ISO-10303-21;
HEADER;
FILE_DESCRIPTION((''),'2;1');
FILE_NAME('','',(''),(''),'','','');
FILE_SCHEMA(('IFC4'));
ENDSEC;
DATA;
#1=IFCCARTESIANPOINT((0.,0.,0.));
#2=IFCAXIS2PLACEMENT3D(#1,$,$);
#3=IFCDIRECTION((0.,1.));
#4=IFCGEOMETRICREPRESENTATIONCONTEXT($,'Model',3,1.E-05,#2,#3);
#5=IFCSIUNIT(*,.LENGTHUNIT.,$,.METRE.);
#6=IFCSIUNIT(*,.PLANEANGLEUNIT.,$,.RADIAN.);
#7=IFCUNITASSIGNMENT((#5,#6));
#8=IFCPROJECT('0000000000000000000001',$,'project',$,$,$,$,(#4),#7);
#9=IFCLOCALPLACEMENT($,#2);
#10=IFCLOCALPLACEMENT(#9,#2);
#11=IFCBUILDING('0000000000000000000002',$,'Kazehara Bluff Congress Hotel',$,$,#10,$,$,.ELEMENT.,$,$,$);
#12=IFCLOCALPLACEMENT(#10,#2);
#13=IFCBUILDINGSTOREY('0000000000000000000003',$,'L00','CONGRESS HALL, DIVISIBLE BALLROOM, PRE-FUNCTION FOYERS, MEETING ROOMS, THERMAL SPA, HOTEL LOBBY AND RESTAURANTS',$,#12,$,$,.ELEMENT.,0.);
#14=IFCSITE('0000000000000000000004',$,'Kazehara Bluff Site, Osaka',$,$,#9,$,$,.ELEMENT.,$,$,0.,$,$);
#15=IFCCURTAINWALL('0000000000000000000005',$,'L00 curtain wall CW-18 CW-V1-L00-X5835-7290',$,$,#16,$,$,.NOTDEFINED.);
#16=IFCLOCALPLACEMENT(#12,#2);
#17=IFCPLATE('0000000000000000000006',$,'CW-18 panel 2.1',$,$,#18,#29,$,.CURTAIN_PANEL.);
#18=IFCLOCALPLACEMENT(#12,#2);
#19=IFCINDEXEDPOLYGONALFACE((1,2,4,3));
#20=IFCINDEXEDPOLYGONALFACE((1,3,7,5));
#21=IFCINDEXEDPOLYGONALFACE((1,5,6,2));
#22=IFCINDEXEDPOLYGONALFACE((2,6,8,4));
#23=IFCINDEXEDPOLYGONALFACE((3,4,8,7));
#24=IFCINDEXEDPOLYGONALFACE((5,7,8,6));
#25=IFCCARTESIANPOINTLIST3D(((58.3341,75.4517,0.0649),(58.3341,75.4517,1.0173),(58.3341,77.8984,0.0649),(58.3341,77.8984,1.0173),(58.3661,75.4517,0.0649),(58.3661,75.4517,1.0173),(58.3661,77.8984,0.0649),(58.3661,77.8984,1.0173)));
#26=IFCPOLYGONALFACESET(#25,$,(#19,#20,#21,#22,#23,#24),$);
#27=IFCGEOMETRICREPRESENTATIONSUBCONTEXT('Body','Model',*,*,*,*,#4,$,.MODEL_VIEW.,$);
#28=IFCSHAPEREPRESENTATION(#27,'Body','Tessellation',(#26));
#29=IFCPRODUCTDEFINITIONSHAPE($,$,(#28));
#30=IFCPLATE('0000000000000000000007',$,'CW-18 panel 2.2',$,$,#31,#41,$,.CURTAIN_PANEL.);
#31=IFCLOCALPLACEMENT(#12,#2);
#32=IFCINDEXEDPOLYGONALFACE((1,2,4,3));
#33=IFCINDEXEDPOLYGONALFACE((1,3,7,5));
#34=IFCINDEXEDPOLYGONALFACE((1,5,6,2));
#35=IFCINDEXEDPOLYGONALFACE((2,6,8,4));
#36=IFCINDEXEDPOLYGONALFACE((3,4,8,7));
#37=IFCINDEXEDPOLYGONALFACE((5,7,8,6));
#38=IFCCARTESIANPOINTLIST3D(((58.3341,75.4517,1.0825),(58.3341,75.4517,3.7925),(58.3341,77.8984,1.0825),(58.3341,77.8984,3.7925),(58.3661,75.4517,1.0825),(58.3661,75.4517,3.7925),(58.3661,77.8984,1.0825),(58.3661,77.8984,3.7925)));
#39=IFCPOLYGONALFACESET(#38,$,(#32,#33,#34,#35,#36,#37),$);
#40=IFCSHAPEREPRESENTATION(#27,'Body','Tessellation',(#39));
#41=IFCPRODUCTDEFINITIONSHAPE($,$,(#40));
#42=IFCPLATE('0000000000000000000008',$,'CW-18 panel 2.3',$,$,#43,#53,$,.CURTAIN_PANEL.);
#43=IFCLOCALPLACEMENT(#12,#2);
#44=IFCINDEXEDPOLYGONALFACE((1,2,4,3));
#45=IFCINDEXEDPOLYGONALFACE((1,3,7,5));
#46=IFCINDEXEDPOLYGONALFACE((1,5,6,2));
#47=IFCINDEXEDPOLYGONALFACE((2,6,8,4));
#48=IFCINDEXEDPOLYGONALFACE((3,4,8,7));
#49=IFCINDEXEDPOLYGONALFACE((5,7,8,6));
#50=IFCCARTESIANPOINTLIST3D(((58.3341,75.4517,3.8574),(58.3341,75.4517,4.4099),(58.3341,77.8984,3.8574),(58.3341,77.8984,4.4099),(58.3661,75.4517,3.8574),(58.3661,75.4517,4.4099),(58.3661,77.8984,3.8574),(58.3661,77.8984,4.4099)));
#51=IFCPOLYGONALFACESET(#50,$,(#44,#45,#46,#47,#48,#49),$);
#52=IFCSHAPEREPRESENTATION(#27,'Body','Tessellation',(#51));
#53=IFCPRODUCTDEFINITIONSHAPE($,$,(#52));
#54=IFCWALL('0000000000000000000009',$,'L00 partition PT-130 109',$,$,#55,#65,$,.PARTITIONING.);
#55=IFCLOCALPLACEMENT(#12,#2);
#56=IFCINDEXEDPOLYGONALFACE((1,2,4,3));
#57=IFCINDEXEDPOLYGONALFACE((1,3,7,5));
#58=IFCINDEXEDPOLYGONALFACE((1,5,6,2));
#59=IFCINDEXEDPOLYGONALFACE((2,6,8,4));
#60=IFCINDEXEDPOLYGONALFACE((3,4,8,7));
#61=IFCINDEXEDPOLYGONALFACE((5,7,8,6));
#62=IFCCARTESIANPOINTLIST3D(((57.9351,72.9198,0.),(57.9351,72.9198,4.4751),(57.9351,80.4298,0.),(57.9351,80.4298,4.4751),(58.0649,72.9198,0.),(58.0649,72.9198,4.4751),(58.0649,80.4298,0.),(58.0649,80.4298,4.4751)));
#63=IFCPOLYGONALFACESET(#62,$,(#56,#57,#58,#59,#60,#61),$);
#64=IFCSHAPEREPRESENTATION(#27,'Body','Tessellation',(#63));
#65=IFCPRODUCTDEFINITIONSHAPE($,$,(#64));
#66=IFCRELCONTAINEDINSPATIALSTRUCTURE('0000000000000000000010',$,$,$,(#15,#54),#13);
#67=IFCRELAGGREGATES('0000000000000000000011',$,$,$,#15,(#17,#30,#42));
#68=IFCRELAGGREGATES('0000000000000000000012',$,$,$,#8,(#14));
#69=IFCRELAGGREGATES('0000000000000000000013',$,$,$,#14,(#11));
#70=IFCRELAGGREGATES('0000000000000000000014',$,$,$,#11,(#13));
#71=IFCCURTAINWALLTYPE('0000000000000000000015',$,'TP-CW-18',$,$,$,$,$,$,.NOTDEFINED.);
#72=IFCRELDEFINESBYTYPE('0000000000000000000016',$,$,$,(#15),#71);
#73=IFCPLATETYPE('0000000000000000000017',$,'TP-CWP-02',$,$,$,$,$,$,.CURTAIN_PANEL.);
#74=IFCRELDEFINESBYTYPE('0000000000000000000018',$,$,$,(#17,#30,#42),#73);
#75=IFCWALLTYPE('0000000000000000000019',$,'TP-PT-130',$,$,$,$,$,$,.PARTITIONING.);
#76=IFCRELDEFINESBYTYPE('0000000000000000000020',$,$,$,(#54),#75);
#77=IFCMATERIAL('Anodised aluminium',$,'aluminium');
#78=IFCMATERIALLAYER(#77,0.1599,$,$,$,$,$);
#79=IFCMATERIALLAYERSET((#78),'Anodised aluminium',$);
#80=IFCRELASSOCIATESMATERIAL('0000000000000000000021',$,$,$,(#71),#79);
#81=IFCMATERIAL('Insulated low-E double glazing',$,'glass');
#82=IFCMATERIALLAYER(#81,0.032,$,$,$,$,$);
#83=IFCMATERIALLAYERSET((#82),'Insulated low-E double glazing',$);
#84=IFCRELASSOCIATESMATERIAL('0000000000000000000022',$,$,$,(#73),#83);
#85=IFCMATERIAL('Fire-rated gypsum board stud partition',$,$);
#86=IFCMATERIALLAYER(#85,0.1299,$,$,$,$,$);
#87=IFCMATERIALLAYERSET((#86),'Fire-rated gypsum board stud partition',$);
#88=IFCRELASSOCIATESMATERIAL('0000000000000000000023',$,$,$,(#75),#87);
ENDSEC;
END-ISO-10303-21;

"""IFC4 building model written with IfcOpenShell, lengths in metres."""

from ifc_helpers import new_model, si_unit, direction, frame, frame_2d, origin, origin_2d, place, context, subcontext, project, spatial, rectangle, extrude, material, layer, layer_set, type_object, element, aggregate, save


model = new_model("IFC4")

# Units and contexts
model_context = context("Model", 3, precision=1e-05, world=origin(), true_north=direction((0.0, 1.0)))
body_context = subcontext(model_context, "Body", "Model", "MODEL_VIEW")
ifc_project = project(units=[si_unit("LENGTHUNIT", "METRE"), si_unit("PLANEANGLEUNIT", "RADIAN")], contexts=[model_context])

# Site, building, storey
site_placement = place(None, origin())
site = spatial("IfcSite", under=ifc_project, at=site_placement, Name="Kazehara Bluff Site, Osaka", CompositionType="ELEMENT", RefElevation=0.0)
building_placement = place(site_placement, origin())
building = spatial("IfcBuilding", under=site, at=building_placement, Name="Kazehara Bluff Congress Hotel", CompositionType="ELEMENT")
storey_placement = place(building_placement, origin())
storey = spatial("IfcBuildingStorey", under=building, at=storey_placement, Name="L00", Description="CONGRESS HALL, DIVISIBLE BALLROOM, PRE-FUNCTION FOYERS, MEETING ROOMS, THERMAL SPA, HOTEL LOBBY AND RESTAURANTS", CompositionType="ELEMENT", Elevation=0.0)

# Curtain wall
ifc_material_1 = material(Name="Anodised aluminium", Category="aluminium")
ifc_layer_1 = layer(ifc_material_1, 0.1599)
ifc_layer_set_1 = layer_set([ifc_layer_1], Name="Anodised aluminium")
curtain_wall_type_1 = type_object("IfcCurtainWallType", Name="TP-CW-18", PredefinedType="NOTDEFINED", material=ifc_layer_set_1)
curtain_wall_1_placement = place(storey_placement, origin())
curtain_wall_1 = element("IfcCurtainWall", 1, at=curtain_wall_1_placement, inside=storey, type_object=curtain_wall_type_1, Name="L00 curtain wall CW-18 CW-V1-L00-X5835-7290", PredefinedType="NOTDEFINED")

# Plates
ifc_material_2 = material(Name="Insulated low-E double glazing", Category="glass")
ifc_layer_2 = layer(ifc_material_2, 0.032)
ifc_layer_set_2 = layer_set([ifc_layer_2], Name="Insulated low-E double glazing")
plate_type = type_object("IfcPlateType", Name="TP-CWP-02", PredefinedType="CURTAIN_PANEL", material=ifc_layer_set_2)
plate_1_placement = place(storey_placement, frame((58.3501, 76.675, 0.0649), z_axis=(0.0, 0.0, 1.0), x_axis=(0.0, 1.0, 0.0)))
plate_1 = element("IfcPlate", 2, at=plate_1_placement, type_object=plate_type, Name="CW-18 panel 2.1", PredefinedType="CURTAIN_PANEL", context=body_context, shape_type="SweptSolid", body=[
    extrude(rectangle(XDim=2.4468, YDim=0.032, at=origin_2d()), origin(), (0.0, 0.0, 1.0), 0.9524),
])
plate_2_placement = place(storey_placement, frame((58.3501, 76.675, 1.0825), z_axis=(0.0, 0.0, 1.0), x_axis=(0.0, 1.0, 0.0)))
plate_2 = element("IfcPlate", 3, at=plate_2_placement, type_object=plate_type, Name="CW-18 panel 2.2", PredefinedType="CURTAIN_PANEL", context=body_context, shape_type="SweptSolid", body=[
    extrude(rectangle(XDim=2.4468, YDim=0.032, at=origin_2d()), origin(), (0.0, 0.0, 1.0), 2.71),
])
plate_3_placement = place(storey_placement, frame((58.3501, 76.675, 3.8574), z_axis=(0.0, 0.0, 1.0), x_axis=(0.0, 1.0, 0.0)))
plate_3 = element("IfcPlate", 4, at=plate_3_placement, type_object=plate_type, Name="CW-18 panel 2.3", PredefinedType="CURTAIN_PANEL", context=body_context, shape_type="SweptSolid", body=[
    extrude(rectangle(XDim=2.4468, YDim=0.032, at=origin_2d()), origin(), (0.0, 0.0, 1.0), 0.5525),
])
aggregate(curtain_wall_1, [plate_1, plate_2, plate_3])

# Wall
ifc_material_3 = material(Name="Fire-rated gypsum board stud partition")
ifc_layer_3 = layer(ifc_material_3, 0.1299)
ifc_layer_set_3 = layer_set([ifc_layer_3], Name="Fire-rated gypsum board stud partition")
wall_type = type_object("IfcWallType", Name="TP-PT-130", PredefinedType="PARTITIONING", material=ifc_layer_set_3)
wall_placement = place(storey_placement, frame((58.0, 72.9199, 0.0), z_axis=(0.0, 0.0, 1.0), x_axis=(0.0, 1.0, 0.0)))
element("IfcWall", 5, at=wall_placement, inside=storey, type_object=wall_type, Name="L00 partition PT-130 109", PredefinedType="PARTITIONING", context=body_context, shape_type="SweptSolid", body=[
    extrude(rectangle(XDim=7.51, YDim=0.1299, at=frame_2d((3.7549, 0.0))), origin(), (0.0, 0.0, 1.0), 4.4751),
])

save(model, "model.ifc")
